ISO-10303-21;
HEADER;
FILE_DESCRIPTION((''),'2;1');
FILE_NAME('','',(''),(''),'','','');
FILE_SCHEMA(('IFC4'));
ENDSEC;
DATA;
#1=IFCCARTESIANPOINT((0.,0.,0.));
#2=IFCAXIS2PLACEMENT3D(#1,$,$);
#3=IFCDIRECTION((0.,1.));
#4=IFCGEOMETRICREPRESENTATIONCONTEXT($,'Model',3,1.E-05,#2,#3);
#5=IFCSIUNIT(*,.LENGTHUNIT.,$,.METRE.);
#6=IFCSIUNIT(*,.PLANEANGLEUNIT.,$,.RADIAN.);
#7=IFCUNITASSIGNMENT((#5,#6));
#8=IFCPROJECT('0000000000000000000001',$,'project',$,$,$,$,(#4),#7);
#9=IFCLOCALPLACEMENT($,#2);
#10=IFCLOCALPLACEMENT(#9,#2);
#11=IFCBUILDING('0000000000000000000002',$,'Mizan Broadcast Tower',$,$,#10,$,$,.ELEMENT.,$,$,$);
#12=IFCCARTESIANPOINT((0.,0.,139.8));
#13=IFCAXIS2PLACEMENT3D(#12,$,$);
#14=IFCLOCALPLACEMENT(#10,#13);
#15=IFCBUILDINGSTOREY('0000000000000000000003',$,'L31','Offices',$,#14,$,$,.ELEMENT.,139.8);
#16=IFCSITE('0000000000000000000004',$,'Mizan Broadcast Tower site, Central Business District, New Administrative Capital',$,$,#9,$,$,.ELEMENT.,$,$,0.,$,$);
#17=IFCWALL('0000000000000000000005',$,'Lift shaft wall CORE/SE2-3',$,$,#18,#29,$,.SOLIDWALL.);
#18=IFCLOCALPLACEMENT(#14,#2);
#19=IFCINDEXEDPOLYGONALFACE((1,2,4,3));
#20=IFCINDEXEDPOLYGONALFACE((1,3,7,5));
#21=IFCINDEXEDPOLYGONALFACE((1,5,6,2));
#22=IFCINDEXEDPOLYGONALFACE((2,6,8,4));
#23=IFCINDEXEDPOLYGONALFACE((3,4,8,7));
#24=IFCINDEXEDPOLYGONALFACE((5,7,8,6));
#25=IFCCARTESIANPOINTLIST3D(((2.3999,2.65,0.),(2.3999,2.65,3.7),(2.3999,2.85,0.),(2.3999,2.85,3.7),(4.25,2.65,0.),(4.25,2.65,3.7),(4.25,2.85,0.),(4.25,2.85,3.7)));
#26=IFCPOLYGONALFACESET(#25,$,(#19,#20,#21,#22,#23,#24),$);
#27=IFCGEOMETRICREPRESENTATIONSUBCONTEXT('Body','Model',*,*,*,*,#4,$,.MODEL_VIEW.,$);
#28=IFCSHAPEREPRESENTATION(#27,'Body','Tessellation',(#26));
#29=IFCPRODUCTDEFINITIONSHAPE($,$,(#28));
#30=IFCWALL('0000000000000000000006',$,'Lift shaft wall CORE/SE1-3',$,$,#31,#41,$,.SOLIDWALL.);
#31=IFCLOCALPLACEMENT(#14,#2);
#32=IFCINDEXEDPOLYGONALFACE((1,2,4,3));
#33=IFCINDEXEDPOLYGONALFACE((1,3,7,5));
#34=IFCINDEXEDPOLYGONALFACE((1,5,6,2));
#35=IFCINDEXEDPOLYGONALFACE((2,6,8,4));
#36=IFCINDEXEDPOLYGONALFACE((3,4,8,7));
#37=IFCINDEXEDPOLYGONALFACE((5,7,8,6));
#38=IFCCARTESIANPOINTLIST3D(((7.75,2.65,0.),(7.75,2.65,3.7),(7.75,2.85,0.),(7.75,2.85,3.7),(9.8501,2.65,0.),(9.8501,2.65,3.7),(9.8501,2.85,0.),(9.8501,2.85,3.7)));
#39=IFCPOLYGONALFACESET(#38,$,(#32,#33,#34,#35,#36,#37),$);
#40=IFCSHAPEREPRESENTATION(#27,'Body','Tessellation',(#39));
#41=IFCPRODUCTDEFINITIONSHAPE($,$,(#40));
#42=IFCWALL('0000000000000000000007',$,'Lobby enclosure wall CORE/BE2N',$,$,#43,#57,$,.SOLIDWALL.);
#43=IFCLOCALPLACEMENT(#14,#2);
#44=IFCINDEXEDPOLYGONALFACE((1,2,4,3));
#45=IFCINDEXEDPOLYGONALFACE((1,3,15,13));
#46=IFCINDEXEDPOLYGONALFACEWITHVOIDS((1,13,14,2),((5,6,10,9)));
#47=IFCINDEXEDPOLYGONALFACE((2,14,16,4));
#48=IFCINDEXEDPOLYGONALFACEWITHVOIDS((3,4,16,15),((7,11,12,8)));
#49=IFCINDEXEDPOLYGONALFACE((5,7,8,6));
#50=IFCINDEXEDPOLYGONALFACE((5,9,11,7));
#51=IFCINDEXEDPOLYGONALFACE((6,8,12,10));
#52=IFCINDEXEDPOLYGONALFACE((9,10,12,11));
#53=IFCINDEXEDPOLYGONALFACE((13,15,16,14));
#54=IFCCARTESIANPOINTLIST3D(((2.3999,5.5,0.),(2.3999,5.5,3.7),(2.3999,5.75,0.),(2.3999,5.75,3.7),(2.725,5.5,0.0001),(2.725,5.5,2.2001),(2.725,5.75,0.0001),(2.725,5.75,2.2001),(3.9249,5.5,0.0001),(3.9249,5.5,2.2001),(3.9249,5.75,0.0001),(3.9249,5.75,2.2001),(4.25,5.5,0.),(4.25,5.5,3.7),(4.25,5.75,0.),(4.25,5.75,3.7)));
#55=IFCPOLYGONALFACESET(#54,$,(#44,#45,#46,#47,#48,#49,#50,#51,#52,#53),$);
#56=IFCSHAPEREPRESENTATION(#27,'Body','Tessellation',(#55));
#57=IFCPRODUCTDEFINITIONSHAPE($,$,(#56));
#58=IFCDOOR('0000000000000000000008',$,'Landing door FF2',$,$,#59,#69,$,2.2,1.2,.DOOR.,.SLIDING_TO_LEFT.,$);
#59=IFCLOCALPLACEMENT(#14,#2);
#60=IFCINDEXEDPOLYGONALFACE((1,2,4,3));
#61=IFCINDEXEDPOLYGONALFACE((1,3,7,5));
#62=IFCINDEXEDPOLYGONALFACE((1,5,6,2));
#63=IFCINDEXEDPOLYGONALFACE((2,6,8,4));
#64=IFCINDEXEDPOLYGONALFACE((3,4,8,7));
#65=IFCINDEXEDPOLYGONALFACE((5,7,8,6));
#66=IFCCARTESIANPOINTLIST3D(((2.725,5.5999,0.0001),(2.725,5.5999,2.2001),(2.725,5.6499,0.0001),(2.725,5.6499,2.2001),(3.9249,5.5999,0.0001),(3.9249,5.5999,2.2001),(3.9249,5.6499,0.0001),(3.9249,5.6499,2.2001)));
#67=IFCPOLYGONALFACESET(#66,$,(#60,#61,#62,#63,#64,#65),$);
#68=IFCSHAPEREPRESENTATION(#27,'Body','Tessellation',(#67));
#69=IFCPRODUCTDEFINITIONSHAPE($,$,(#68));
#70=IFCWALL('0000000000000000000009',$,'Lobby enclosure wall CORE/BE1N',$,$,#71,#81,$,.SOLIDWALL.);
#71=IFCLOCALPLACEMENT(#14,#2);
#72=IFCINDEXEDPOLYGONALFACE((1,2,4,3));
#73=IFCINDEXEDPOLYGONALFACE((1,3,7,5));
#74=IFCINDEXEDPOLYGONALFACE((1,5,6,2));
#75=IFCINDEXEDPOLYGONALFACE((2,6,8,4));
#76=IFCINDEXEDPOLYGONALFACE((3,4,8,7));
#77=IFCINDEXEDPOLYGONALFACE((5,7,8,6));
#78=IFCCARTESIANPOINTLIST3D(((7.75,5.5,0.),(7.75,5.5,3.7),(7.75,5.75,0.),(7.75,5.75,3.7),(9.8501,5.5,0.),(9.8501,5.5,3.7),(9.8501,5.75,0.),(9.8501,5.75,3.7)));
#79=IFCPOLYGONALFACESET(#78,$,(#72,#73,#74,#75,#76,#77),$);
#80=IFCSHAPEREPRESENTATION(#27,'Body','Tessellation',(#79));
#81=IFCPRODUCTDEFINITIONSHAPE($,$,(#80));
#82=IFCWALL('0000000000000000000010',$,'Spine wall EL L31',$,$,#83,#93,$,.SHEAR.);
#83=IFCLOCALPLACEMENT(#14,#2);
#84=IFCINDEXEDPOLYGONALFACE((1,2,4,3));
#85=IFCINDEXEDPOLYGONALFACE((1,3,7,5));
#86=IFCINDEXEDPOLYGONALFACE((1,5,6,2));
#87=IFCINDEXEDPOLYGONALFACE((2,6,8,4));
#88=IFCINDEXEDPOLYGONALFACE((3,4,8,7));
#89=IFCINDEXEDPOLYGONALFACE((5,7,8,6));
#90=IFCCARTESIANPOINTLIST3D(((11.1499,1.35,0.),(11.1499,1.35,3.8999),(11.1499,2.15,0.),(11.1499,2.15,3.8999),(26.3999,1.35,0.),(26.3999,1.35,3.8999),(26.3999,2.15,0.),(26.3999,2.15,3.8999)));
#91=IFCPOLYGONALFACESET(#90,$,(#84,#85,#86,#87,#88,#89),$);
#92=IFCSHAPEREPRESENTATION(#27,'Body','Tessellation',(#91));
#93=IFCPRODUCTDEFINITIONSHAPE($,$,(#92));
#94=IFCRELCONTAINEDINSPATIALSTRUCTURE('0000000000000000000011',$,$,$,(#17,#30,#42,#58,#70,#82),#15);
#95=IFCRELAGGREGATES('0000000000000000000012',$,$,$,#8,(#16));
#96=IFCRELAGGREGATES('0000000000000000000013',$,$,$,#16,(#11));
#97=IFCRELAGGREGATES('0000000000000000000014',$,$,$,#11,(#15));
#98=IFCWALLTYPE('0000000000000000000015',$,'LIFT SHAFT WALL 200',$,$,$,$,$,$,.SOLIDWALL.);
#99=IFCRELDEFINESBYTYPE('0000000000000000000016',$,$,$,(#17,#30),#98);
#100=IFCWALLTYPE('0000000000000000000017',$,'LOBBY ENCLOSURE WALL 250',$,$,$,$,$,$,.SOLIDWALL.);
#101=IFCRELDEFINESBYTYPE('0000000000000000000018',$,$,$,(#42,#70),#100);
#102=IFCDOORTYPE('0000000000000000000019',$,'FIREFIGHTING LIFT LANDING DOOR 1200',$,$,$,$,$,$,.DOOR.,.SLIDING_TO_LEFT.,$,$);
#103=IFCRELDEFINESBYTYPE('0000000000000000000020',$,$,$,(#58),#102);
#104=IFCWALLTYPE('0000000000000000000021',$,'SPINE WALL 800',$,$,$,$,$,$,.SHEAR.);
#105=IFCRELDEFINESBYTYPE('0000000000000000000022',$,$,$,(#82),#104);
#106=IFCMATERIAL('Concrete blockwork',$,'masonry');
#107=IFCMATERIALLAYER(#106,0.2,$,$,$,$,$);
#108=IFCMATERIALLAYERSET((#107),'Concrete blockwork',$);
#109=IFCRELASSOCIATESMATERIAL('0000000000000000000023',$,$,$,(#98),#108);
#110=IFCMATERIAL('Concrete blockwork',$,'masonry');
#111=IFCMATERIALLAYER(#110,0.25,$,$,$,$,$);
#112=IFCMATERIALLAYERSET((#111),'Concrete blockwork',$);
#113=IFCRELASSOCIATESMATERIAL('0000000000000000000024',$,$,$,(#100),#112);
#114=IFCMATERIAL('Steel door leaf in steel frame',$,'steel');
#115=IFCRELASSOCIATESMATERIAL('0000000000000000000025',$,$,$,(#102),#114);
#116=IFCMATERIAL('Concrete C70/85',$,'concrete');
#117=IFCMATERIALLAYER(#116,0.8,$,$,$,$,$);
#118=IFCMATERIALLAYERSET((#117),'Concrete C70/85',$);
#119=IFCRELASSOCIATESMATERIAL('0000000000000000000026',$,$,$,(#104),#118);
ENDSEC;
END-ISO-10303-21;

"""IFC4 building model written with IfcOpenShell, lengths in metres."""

from ifc_helpers import new_model, si_unit, direction, frame, frame_2d, origin, place, context, subcontext, project, spatial, rectangle, extrude, material, layer, layer_set, type_object, element, fill, save


model = new_model("IFC4")

# Units and contexts
model_context = context("Model", 3, precision=1e-05, world=origin(), true_north=direction((0.0, 1.0)))
body_context = subcontext(model_context, "Body", "Model", "MODEL_VIEW")
ifc_project = project(units=[si_unit("LENGTHUNIT", "METRE"), si_unit("PLANEANGLEUNIT", "RADIAN")], contexts=[model_context])

# Site, building, storey
site_placement = place(None, origin())
site = spatial("IfcSite", under=ifc_project, at=site_placement, Name="Mizan Broadcast Tower site, Central Business District, New Administrative Capital", CompositionType="ELEMENT", RefElevation=0.0)
building_placement = place(site_placement, origin())
building = spatial("IfcBuilding", under=site, at=building_placement, Name="Mizan Broadcast Tower", CompositionType="ELEMENT")
storey_placement = place(building_placement, frame((0.0, 0.0, 139.8)))
storey = spatial("IfcBuildingStorey", under=building, at=storey_placement, Name="L31", Description="Offices", CompositionType="ELEMENT", Elevation=139.8)

# Walls
ifc_material_1 = material(Name="Concrete blockwork", Category="masonry")
ifc_layer_1 = layer(ifc_material_1, 0.2)
ifc_layer_set_1 = layer_set([ifc_layer_1], Name="Concrete blockwork")
wall_type_1 = type_object("IfcWallType", Name="LIFT SHAFT WALL 200", PredefinedType="SOLIDWALL", material=ifc_layer_set_1)
wall_1_placement = place(storey_placement, frame((2.3999, 2.75, 0.0), z_axis=(0.0, 0.0, 1.0), x_axis=(1.0, 0.0, 0.0)))
element("IfcWall", 1, at=wall_1_placement, inside=storey, type_object=wall_type_1, Name="Lift shaft wall CORE/SE2-3", PredefinedType="SOLIDWALL", context=body_context, shape_type="SweptSolid", body=[
    extrude(rectangle(XDim=1.8501, YDim=0.2, at=frame_2d((0.925, 0.0))), origin(), (0.0, 0.0, 1.0), 3.7),
])
wall_2_placement = place(storey_placement, frame((7.75, 2.75, 0.0), z_axis=(0.0, 0.0, 1.0), x_axis=(1.0, 0.0, 0.0)))
element("IfcWall", 2, at=wall_2_placement, inside=storey, type_object=wall_type_1, Name="Lift shaft wall CORE/SE1-3", PredefinedType="SOLIDWALL", context=body_context, shape_type="SweptSolid", body=[
    extrude(rectangle(XDim=2.1001, YDim=0.2, at=frame_2d((1.05, 0.0))), origin(), (0.0, 0.0, 1.0), 3.7),
])

# Wall, opening, door
ifc_material_2 = material(Name="Concrete blockwork", Category="masonry")
ifc_layer_2 = layer(ifc_material_2, 0.25)
ifc_layer_set_2 = layer_set([ifc_layer_2], Name="Concrete blockwork")
wall_type_2 = type_object("IfcWallType", Name="LOBBY ENCLOSURE WALL 250", PredefinedType="SOLIDWALL", material=ifc_layer_set_2)
wall_3_placement = place(storey_placement, frame((2.3999, 5.625, 0.0), z_axis=(0.0, 0.0, 1.0), x_axis=(1.0, 0.0, 0.0)))
wall_3 = element("IfcWall", 3, at=wall_3_placement, inside=storey, type_object=wall_type_2, Name="Lobby enclosure wall CORE/BE2N", PredefinedType="SOLIDWALL", context=body_context, shape_type="SweptSolid", body=[
    extrude(rectangle(XDim=1.8501, YDim=0.25, at=frame_2d((0.925, 0.0))), origin(), (0.0, 0.0, 1.0), 3.7),
])
opening_1_placement = place(wall_3_placement, frame((0.325, 0.0, 0.0)))
opening_1 = element("IfcOpeningElement", 4, at=opening_1_placement, cuts=wall_3, PredefinedType="OPENING", context=body_context, shape_type="SweptSolid", body=[
    extrude(rectangle(XDim=1.2, YDim=2.2, at=frame_2d((0.6001, 1.1001))), frame((0.0, 0.135, 0.0), z_axis=(0.0, -1.0, 0.0), x_axis=(1.0, 0.0, 0.0)), (0.0, 0.0, 1.0), 0.27),
])
ifc_material_3 = material(Name="Steel door leaf in steel frame", Category="steel")
door_type_1 = type_object("IfcDoorType", Name="FIREFIGHTING LIFT LANDING DOOR 1200", OperationType="SLIDING_TO_LEFT", PredefinedType="DOOR", material=ifc_material_3)
door_1_placement = place(opening_1_placement, origin())
door_1 = element("IfcDoor", 5, at=door_1_placement, inside=storey, type_object=door_type_1, Name="Landing door FF2", OperationType="SLIDING_TO_LEFT", OverallHeight=2.2, OverallWidth=1.2, PredefinedType="DOOR", context=body_context, shape_type="SweptSolid", body=[
    extrude(rectangle(XDim=1.2, YDim=2.2, at=frame_2d((0.6001, 1.1001))), frame((0.0, 0.0249, 0.0), z_axis=(0.0, -1.0, 0.0), x_axis=(1.0, 0.0, 0.0)), (0.0, 0.0, 1.0), 0.05),
])
fill(opening_1, door_1)

# Walls
wall_4_placement = place(storey_placement, frame((7.75, 5.625, 0.0), z_axis=(0.0, 0.0, 1.0), x_axis=(1.0, 0.0, 0.0)))
element("IfcWall", 6, at=wall_4_placement, inside=storey, type_object=wall_type_2, Name="Lobby enclosure wall CORE/BE1N", PredefinedType="SOLIDWALL", context=body_context, shape_type="SweptSolid", body=[
    extrude(rectangle(XDim=2.1001, YDim=0.25, at=frame_2d((1.05, 0.0))), origin(), (0.0, 0.0, 1.0), 3.7),
])
ifc_material_4 = material(Name="Concrete C70/85", Category="concrete")
ifc_layer_3 = layer(ifc_material_4, 0.8)
ifc_layer_set_3 = layer_set([ifc_layer_3], Name="Concrete C70/85")
wall_type_3 = type_object("IfcWallType", Name="SPINE WALL 800", PredefinedType="SHEAR", material=ifc_layer_set_3)
wall_5_placement = place(storey_placement, frame((11.1499, 1.75, 0.0), z_axis=(0.0, 0.0, 1.0), x_axis=(1.0, 0.0, 0.0)))
element("IfcWall", 7, at=wall_5_placement, inside=storey, type_object=wall_type_3, Name="Spine wall EL L31", PredefinedType="SHEAR", context=body_context, shape_type="SweptSolid", body=[
    extrude(rectangle(XDim=15.25, YDim=0.8, at=frame_2d((7.625, 0.0))), origin(), (0.0, 0.0, 1.0), 3.8999),
])

save(model, "model.ifc")
